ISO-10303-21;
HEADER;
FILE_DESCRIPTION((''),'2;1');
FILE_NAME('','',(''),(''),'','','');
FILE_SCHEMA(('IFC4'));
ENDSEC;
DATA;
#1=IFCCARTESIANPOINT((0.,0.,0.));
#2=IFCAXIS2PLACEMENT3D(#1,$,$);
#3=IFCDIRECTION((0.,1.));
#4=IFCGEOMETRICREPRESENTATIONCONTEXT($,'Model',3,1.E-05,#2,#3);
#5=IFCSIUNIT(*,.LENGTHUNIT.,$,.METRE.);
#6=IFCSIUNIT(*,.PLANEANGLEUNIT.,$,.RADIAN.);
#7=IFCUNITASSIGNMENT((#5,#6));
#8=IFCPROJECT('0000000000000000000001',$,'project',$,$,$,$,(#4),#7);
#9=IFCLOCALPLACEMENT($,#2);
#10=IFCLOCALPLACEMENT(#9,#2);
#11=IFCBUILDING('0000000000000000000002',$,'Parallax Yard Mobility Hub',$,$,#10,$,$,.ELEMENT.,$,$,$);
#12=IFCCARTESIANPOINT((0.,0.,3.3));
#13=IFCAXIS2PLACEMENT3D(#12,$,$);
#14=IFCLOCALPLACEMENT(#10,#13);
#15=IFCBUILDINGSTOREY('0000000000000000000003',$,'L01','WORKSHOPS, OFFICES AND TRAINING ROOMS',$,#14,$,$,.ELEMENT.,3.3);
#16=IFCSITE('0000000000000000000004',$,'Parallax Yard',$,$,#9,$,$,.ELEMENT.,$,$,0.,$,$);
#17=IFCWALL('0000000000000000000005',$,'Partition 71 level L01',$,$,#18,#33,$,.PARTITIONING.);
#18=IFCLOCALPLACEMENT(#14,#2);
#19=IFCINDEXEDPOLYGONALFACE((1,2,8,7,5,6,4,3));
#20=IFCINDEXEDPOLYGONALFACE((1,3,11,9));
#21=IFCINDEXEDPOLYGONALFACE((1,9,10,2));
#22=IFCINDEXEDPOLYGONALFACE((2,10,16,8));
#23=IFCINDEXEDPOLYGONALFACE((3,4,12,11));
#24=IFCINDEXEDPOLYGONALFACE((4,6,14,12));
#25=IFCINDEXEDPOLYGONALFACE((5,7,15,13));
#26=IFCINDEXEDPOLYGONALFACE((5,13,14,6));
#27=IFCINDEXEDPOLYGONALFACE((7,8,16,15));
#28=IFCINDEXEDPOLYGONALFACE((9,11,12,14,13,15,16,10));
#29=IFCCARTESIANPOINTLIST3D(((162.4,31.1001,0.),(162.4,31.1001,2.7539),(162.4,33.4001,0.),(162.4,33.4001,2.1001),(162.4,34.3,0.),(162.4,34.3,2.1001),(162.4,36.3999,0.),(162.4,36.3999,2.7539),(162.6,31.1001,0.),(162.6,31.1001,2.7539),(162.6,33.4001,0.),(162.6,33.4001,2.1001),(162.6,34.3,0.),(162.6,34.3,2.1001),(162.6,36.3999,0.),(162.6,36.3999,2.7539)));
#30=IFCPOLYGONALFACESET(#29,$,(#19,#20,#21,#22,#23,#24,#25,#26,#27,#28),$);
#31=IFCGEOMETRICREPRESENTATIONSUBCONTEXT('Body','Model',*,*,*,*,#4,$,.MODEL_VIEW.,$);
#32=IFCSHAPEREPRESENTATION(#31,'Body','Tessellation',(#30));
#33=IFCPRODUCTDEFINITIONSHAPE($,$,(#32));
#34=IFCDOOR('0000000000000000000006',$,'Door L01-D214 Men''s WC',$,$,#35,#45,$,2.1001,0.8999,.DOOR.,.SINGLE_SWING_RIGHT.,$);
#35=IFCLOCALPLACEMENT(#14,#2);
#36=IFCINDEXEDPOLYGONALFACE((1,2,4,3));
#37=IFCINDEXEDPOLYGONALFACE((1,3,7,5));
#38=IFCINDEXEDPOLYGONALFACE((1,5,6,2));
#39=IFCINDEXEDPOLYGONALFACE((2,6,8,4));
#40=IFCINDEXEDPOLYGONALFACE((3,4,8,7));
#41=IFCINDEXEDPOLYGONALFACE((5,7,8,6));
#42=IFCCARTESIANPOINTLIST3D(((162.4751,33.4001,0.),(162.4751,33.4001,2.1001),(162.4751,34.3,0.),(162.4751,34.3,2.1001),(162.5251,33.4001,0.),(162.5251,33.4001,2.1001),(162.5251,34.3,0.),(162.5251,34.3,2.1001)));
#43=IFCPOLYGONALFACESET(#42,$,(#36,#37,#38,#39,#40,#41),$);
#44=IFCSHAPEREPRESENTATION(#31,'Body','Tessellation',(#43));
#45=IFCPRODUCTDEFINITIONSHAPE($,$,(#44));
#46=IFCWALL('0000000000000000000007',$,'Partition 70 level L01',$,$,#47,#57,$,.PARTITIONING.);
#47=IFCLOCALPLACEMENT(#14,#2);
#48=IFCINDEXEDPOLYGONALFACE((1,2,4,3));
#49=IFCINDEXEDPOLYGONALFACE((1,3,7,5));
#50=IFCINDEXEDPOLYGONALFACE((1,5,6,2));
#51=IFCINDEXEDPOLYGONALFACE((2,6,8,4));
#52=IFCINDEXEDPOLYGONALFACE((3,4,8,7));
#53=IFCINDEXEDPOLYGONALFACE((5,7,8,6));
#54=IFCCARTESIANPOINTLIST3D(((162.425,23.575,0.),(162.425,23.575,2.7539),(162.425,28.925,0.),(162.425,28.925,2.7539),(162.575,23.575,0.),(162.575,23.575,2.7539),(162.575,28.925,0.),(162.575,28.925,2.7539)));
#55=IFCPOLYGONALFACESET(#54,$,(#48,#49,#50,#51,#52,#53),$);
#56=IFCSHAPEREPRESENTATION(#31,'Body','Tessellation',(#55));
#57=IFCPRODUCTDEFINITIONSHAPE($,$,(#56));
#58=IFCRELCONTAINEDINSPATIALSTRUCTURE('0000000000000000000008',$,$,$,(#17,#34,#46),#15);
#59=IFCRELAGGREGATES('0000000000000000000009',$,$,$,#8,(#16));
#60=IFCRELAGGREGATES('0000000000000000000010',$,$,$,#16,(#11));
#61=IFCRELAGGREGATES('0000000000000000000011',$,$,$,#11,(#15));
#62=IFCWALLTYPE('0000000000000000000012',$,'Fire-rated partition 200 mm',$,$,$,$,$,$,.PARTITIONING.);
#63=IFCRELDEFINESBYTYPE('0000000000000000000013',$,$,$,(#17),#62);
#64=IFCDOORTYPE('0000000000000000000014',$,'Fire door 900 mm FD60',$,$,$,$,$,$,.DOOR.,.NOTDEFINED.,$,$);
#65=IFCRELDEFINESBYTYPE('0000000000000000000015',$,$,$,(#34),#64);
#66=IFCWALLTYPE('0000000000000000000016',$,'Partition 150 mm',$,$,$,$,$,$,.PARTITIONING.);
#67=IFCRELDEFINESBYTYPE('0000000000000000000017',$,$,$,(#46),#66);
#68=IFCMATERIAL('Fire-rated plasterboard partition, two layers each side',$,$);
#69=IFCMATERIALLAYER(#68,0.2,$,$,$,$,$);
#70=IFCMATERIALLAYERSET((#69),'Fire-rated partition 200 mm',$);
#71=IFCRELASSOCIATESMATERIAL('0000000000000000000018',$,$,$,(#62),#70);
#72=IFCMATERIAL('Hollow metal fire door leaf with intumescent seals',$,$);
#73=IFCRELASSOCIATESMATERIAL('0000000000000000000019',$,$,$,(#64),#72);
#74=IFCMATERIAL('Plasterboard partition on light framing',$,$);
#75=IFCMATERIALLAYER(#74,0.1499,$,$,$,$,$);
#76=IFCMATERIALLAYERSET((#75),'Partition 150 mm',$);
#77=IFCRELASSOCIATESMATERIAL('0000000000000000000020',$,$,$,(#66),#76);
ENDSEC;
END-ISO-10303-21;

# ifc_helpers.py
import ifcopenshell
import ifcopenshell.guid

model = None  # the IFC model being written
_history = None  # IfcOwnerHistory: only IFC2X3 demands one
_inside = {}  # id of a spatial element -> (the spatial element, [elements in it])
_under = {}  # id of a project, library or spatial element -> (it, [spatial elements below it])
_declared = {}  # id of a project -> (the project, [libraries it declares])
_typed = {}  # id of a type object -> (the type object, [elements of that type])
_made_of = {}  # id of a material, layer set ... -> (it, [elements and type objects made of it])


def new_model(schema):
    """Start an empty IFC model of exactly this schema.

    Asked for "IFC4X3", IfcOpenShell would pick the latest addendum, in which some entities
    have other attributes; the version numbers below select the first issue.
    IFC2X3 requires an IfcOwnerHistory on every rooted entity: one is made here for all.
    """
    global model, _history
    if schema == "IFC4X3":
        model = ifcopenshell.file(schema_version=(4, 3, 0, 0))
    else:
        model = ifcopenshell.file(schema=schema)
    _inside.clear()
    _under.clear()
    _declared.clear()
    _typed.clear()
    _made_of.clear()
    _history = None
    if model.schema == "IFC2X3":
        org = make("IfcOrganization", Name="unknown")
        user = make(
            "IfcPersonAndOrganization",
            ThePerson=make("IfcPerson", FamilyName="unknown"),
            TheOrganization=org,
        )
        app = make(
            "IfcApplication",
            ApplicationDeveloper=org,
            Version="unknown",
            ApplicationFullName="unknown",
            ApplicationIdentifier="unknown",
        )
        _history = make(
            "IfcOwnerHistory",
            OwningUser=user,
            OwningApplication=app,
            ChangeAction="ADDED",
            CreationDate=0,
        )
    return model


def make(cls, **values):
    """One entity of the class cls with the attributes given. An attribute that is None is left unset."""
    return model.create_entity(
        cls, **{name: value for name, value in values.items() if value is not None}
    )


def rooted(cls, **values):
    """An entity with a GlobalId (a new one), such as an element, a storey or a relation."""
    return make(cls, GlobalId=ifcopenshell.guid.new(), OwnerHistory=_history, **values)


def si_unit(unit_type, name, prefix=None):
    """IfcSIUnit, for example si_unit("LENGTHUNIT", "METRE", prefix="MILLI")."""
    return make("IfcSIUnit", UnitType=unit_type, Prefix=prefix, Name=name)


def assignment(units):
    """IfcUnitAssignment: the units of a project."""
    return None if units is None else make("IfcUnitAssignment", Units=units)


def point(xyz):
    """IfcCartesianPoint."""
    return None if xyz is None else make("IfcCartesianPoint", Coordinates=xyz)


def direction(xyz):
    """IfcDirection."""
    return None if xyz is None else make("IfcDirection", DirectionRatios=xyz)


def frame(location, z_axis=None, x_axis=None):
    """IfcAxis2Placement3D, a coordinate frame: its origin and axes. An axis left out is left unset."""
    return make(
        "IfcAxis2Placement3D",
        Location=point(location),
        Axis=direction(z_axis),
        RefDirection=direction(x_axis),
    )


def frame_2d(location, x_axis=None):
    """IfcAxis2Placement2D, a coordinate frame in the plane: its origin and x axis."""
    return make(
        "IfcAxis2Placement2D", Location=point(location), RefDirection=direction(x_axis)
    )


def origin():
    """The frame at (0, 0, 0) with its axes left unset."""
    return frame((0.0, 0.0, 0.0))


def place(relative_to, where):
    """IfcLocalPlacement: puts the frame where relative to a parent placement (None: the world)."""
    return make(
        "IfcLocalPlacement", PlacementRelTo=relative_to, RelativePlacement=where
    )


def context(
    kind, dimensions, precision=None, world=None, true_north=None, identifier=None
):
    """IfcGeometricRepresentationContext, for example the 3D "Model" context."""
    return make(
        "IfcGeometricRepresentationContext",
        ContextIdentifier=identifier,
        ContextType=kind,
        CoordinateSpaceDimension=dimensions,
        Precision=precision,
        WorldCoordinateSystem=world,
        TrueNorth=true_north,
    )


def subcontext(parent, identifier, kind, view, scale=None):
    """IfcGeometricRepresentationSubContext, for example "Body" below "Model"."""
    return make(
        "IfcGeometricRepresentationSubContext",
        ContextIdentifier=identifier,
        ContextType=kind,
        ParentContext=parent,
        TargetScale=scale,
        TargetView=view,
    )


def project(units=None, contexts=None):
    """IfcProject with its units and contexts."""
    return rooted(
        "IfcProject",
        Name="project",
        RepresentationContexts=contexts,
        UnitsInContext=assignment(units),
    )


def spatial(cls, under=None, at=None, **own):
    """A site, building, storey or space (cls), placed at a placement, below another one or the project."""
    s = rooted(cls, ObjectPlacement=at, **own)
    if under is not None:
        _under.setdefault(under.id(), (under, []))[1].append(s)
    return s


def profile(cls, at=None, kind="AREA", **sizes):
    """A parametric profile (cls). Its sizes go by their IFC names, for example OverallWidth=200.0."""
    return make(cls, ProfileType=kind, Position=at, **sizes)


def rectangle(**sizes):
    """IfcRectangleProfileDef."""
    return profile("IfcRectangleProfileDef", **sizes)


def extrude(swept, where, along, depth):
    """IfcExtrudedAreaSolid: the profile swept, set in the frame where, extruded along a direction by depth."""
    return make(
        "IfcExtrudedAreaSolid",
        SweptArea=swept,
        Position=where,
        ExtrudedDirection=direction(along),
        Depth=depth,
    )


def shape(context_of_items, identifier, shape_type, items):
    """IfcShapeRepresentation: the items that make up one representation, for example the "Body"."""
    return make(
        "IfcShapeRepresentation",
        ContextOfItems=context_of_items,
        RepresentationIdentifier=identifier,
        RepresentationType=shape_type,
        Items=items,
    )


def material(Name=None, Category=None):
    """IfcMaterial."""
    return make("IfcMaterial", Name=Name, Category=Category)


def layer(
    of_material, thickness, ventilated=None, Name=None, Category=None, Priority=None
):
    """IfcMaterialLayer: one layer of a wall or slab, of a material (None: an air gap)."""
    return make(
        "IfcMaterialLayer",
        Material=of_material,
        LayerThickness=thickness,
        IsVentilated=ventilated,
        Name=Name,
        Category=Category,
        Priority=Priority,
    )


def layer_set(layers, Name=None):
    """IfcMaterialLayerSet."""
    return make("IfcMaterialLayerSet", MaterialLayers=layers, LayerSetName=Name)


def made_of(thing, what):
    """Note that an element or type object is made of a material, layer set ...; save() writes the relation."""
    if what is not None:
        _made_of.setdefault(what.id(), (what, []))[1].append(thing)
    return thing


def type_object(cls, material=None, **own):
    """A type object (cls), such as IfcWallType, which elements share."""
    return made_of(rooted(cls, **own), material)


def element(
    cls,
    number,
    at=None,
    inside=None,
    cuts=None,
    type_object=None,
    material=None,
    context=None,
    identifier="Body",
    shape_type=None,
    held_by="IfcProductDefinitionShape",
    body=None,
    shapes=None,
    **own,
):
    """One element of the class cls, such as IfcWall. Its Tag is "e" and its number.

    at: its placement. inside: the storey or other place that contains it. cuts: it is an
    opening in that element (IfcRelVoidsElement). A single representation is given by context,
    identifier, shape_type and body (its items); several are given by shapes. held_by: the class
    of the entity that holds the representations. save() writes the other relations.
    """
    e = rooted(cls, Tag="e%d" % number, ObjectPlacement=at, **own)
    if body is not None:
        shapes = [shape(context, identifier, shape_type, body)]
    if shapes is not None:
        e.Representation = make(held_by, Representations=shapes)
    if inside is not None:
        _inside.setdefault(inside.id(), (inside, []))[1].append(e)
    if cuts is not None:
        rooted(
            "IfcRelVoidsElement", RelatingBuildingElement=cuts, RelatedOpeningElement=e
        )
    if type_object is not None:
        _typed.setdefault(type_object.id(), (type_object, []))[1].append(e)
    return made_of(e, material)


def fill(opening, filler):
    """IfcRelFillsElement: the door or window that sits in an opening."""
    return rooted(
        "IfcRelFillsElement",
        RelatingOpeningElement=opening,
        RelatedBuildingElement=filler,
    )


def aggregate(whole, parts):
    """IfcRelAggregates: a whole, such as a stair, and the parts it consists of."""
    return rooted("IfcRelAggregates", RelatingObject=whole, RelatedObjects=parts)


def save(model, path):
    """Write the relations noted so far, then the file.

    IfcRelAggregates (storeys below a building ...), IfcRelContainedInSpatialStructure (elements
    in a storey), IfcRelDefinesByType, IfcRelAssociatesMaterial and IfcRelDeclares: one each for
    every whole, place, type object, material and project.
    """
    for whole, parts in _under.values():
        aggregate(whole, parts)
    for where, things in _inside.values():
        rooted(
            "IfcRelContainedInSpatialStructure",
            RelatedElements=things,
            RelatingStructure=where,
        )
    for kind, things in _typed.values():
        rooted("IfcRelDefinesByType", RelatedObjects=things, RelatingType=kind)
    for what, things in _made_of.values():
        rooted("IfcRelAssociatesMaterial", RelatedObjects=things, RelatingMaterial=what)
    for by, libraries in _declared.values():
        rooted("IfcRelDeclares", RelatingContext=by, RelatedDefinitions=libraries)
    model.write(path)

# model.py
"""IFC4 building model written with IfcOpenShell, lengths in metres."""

from ifc_helpers import new_model, si_unit, direction, frame, frame_2d, origin, place, context, subcontext, project, spatial, rectangle, extrude, material, layer, layer_set, type_object, element, fill, save


model = new_model("IFC4")

# Units and contexts
model_context = context("Model", 3, precision=1e-05, world=origin(), true_north=direction((0.0, 1.0)))
body_context = subcontext(model_context, "Body", "Model", "MODEL_VIEW")
ifc_project = project(units=[si_unit("LENGTHUNIT", "METRE"), si_unit("PLANEANGLEUNIT", "RADIAN")], contexts=[model_context])

# Site, building, storey
site_placement = place(None, origin())
site = spatial("IfcSite", under=ifc_project, at=site_placement, Name="Parallax Yard", CompositionType="ELEMENT", RefElevation=0.0)
building_placement = place(site_placement, origin())
building = spatial("IfcBuilding", under=site, at=building_placement, Name="Parallax Yard Mobility Hub", CompositionType="ELEMENT")
storey_placement = place(building_placement, frame((0.0, 0.0, 3.3)))
storey = spatial("IfcBuildingStorey", under=building, at=storey_placement, Name="L01", Description="WORKSHOPS, OFFICES AND TRAINING ROOMS", CompositionType="ELEMENT", Elevation=3.3)

# Wall, opening, door
ifc_material_1 = material(Name="Fire-rated plasterboard partition, two layers each side")
ifc_layer_1 = layer(ifc_material_1, 0.2)
ifc_layer_set_1 = layer_set([ifc_layer_1], Name="Fire-rated partition 200 mm")
wall_type_1 = type_object("IfcWallType", Name="Fire-rated partition 200 mm", PredefinedType="PARTITIONING", material=ifc_layer_set_1)
wall_1_placement = place(storey_placement, frame((162.5, 31.1001, 0.0), z_axis=(0.0, 0.0, 1.0), x_axis=(0.0, 1.0, 0.0)))
wall_1 = element("IfcWall", 1, at=wall_1_placement, inside=storey, type_object=wall_type_1, Name="Partition 71 level L01", PredefinedType="PARTITIONING", context=body_context, shape_type="SweptSolid", body=[
    extrude(rectangle(XDim=5.2998, YDim=0.2, at=frame_2d((2.6499, 0.0))), origin(), (0.0, 0.0, 1.0), 2.7539),
])
opening_placement = place(wall_1_placement, frame((2.3, 0.0, 0.0)))
opening = element("IfcOpeningElement", 2, at=opening_placement, cuts=wall_1, PredefinedType="OPENING", context=body_context, shape_type="SweptSolid", body=[
    extrude(rectangle(XDim=0.8999, YDim=2.1001, at=frame_2d((0.45, 1.05))), frame((0.0, 0.1099, 0.0), z_axis=(0.0, -1.0, 0.0), x_axis=(1.0, 0.0, 0.0)), (0.0, 0.0, 1.0), 0.22),
])
ifc_material_2 = material(Name="Hollow metal fire door leaf with intumescent seals")
door_type = type_object("IfcDoorType", Name="Fire door 900 mm FD60", OperationType="NOTDEFINED", PredefinedType="DOOR", material=ifc_material_2)
door_placement = place(opening_placement, origin())
door = element("IfcDoor", 3, at=door_placement, inside=storey, type_object=door_type, Name="Door L01-D214 Men's WC", OperationType="SINGLE_SWING_RIGHT", OverallHeight=2.1001, OverallWidth=0.8999, PredefinedType="DOOR", context=body_context, shape_type="SweptSolid", body=[
    extrude(rectangle(XDim=0.8999, YDim=2.1001, at=frame_2d((0.45, 1.05))), frame((0.0, 0.0249, 0.0), z_axis=(0.0, -1.0, 0.0), x_axis=(1.0, 0.0, 0.0)), (0.0, 0.0, 1.0), 0.05),
])
fill(opening, door)

# Wall
ifc_material_3 = material(Name="Plasterboard partition on light framing")
ifc_layer_2 = layer(ifc_material_3, 0.1499)
ifc_layer_set_2 = layer_set([ifc_layer_2], Name="Partition 150 mm")
wall_type_2 = type_object("IfcWallType", Name="Partition 150 mm", PredefinedType="PARTITIONING", material=ifc_layer_set_2)
wall_2_placement = place(storey_placement, frame((162.5, 23.575, 0.0), z_axis=(0.0, 0.0, 1.0), x_axis=(0.0, 1.0, 0.0)))
element("IfcWall", 4, at=wall_2_placement, inside=storey, type_object=wall_type_2, Name="Partition 70 level L01", PredefinedType="PARTITIONING", context=body_context, shape_type="SweptSolid", body=[
    extrude(rectangle(XDim=5.3501, YDim=0.1499, at=frame_2d((2.675, 0.0))), origin(), (0.0, 0.0, 1.0), 2.7539),
])

save(model, "model.ifc")
